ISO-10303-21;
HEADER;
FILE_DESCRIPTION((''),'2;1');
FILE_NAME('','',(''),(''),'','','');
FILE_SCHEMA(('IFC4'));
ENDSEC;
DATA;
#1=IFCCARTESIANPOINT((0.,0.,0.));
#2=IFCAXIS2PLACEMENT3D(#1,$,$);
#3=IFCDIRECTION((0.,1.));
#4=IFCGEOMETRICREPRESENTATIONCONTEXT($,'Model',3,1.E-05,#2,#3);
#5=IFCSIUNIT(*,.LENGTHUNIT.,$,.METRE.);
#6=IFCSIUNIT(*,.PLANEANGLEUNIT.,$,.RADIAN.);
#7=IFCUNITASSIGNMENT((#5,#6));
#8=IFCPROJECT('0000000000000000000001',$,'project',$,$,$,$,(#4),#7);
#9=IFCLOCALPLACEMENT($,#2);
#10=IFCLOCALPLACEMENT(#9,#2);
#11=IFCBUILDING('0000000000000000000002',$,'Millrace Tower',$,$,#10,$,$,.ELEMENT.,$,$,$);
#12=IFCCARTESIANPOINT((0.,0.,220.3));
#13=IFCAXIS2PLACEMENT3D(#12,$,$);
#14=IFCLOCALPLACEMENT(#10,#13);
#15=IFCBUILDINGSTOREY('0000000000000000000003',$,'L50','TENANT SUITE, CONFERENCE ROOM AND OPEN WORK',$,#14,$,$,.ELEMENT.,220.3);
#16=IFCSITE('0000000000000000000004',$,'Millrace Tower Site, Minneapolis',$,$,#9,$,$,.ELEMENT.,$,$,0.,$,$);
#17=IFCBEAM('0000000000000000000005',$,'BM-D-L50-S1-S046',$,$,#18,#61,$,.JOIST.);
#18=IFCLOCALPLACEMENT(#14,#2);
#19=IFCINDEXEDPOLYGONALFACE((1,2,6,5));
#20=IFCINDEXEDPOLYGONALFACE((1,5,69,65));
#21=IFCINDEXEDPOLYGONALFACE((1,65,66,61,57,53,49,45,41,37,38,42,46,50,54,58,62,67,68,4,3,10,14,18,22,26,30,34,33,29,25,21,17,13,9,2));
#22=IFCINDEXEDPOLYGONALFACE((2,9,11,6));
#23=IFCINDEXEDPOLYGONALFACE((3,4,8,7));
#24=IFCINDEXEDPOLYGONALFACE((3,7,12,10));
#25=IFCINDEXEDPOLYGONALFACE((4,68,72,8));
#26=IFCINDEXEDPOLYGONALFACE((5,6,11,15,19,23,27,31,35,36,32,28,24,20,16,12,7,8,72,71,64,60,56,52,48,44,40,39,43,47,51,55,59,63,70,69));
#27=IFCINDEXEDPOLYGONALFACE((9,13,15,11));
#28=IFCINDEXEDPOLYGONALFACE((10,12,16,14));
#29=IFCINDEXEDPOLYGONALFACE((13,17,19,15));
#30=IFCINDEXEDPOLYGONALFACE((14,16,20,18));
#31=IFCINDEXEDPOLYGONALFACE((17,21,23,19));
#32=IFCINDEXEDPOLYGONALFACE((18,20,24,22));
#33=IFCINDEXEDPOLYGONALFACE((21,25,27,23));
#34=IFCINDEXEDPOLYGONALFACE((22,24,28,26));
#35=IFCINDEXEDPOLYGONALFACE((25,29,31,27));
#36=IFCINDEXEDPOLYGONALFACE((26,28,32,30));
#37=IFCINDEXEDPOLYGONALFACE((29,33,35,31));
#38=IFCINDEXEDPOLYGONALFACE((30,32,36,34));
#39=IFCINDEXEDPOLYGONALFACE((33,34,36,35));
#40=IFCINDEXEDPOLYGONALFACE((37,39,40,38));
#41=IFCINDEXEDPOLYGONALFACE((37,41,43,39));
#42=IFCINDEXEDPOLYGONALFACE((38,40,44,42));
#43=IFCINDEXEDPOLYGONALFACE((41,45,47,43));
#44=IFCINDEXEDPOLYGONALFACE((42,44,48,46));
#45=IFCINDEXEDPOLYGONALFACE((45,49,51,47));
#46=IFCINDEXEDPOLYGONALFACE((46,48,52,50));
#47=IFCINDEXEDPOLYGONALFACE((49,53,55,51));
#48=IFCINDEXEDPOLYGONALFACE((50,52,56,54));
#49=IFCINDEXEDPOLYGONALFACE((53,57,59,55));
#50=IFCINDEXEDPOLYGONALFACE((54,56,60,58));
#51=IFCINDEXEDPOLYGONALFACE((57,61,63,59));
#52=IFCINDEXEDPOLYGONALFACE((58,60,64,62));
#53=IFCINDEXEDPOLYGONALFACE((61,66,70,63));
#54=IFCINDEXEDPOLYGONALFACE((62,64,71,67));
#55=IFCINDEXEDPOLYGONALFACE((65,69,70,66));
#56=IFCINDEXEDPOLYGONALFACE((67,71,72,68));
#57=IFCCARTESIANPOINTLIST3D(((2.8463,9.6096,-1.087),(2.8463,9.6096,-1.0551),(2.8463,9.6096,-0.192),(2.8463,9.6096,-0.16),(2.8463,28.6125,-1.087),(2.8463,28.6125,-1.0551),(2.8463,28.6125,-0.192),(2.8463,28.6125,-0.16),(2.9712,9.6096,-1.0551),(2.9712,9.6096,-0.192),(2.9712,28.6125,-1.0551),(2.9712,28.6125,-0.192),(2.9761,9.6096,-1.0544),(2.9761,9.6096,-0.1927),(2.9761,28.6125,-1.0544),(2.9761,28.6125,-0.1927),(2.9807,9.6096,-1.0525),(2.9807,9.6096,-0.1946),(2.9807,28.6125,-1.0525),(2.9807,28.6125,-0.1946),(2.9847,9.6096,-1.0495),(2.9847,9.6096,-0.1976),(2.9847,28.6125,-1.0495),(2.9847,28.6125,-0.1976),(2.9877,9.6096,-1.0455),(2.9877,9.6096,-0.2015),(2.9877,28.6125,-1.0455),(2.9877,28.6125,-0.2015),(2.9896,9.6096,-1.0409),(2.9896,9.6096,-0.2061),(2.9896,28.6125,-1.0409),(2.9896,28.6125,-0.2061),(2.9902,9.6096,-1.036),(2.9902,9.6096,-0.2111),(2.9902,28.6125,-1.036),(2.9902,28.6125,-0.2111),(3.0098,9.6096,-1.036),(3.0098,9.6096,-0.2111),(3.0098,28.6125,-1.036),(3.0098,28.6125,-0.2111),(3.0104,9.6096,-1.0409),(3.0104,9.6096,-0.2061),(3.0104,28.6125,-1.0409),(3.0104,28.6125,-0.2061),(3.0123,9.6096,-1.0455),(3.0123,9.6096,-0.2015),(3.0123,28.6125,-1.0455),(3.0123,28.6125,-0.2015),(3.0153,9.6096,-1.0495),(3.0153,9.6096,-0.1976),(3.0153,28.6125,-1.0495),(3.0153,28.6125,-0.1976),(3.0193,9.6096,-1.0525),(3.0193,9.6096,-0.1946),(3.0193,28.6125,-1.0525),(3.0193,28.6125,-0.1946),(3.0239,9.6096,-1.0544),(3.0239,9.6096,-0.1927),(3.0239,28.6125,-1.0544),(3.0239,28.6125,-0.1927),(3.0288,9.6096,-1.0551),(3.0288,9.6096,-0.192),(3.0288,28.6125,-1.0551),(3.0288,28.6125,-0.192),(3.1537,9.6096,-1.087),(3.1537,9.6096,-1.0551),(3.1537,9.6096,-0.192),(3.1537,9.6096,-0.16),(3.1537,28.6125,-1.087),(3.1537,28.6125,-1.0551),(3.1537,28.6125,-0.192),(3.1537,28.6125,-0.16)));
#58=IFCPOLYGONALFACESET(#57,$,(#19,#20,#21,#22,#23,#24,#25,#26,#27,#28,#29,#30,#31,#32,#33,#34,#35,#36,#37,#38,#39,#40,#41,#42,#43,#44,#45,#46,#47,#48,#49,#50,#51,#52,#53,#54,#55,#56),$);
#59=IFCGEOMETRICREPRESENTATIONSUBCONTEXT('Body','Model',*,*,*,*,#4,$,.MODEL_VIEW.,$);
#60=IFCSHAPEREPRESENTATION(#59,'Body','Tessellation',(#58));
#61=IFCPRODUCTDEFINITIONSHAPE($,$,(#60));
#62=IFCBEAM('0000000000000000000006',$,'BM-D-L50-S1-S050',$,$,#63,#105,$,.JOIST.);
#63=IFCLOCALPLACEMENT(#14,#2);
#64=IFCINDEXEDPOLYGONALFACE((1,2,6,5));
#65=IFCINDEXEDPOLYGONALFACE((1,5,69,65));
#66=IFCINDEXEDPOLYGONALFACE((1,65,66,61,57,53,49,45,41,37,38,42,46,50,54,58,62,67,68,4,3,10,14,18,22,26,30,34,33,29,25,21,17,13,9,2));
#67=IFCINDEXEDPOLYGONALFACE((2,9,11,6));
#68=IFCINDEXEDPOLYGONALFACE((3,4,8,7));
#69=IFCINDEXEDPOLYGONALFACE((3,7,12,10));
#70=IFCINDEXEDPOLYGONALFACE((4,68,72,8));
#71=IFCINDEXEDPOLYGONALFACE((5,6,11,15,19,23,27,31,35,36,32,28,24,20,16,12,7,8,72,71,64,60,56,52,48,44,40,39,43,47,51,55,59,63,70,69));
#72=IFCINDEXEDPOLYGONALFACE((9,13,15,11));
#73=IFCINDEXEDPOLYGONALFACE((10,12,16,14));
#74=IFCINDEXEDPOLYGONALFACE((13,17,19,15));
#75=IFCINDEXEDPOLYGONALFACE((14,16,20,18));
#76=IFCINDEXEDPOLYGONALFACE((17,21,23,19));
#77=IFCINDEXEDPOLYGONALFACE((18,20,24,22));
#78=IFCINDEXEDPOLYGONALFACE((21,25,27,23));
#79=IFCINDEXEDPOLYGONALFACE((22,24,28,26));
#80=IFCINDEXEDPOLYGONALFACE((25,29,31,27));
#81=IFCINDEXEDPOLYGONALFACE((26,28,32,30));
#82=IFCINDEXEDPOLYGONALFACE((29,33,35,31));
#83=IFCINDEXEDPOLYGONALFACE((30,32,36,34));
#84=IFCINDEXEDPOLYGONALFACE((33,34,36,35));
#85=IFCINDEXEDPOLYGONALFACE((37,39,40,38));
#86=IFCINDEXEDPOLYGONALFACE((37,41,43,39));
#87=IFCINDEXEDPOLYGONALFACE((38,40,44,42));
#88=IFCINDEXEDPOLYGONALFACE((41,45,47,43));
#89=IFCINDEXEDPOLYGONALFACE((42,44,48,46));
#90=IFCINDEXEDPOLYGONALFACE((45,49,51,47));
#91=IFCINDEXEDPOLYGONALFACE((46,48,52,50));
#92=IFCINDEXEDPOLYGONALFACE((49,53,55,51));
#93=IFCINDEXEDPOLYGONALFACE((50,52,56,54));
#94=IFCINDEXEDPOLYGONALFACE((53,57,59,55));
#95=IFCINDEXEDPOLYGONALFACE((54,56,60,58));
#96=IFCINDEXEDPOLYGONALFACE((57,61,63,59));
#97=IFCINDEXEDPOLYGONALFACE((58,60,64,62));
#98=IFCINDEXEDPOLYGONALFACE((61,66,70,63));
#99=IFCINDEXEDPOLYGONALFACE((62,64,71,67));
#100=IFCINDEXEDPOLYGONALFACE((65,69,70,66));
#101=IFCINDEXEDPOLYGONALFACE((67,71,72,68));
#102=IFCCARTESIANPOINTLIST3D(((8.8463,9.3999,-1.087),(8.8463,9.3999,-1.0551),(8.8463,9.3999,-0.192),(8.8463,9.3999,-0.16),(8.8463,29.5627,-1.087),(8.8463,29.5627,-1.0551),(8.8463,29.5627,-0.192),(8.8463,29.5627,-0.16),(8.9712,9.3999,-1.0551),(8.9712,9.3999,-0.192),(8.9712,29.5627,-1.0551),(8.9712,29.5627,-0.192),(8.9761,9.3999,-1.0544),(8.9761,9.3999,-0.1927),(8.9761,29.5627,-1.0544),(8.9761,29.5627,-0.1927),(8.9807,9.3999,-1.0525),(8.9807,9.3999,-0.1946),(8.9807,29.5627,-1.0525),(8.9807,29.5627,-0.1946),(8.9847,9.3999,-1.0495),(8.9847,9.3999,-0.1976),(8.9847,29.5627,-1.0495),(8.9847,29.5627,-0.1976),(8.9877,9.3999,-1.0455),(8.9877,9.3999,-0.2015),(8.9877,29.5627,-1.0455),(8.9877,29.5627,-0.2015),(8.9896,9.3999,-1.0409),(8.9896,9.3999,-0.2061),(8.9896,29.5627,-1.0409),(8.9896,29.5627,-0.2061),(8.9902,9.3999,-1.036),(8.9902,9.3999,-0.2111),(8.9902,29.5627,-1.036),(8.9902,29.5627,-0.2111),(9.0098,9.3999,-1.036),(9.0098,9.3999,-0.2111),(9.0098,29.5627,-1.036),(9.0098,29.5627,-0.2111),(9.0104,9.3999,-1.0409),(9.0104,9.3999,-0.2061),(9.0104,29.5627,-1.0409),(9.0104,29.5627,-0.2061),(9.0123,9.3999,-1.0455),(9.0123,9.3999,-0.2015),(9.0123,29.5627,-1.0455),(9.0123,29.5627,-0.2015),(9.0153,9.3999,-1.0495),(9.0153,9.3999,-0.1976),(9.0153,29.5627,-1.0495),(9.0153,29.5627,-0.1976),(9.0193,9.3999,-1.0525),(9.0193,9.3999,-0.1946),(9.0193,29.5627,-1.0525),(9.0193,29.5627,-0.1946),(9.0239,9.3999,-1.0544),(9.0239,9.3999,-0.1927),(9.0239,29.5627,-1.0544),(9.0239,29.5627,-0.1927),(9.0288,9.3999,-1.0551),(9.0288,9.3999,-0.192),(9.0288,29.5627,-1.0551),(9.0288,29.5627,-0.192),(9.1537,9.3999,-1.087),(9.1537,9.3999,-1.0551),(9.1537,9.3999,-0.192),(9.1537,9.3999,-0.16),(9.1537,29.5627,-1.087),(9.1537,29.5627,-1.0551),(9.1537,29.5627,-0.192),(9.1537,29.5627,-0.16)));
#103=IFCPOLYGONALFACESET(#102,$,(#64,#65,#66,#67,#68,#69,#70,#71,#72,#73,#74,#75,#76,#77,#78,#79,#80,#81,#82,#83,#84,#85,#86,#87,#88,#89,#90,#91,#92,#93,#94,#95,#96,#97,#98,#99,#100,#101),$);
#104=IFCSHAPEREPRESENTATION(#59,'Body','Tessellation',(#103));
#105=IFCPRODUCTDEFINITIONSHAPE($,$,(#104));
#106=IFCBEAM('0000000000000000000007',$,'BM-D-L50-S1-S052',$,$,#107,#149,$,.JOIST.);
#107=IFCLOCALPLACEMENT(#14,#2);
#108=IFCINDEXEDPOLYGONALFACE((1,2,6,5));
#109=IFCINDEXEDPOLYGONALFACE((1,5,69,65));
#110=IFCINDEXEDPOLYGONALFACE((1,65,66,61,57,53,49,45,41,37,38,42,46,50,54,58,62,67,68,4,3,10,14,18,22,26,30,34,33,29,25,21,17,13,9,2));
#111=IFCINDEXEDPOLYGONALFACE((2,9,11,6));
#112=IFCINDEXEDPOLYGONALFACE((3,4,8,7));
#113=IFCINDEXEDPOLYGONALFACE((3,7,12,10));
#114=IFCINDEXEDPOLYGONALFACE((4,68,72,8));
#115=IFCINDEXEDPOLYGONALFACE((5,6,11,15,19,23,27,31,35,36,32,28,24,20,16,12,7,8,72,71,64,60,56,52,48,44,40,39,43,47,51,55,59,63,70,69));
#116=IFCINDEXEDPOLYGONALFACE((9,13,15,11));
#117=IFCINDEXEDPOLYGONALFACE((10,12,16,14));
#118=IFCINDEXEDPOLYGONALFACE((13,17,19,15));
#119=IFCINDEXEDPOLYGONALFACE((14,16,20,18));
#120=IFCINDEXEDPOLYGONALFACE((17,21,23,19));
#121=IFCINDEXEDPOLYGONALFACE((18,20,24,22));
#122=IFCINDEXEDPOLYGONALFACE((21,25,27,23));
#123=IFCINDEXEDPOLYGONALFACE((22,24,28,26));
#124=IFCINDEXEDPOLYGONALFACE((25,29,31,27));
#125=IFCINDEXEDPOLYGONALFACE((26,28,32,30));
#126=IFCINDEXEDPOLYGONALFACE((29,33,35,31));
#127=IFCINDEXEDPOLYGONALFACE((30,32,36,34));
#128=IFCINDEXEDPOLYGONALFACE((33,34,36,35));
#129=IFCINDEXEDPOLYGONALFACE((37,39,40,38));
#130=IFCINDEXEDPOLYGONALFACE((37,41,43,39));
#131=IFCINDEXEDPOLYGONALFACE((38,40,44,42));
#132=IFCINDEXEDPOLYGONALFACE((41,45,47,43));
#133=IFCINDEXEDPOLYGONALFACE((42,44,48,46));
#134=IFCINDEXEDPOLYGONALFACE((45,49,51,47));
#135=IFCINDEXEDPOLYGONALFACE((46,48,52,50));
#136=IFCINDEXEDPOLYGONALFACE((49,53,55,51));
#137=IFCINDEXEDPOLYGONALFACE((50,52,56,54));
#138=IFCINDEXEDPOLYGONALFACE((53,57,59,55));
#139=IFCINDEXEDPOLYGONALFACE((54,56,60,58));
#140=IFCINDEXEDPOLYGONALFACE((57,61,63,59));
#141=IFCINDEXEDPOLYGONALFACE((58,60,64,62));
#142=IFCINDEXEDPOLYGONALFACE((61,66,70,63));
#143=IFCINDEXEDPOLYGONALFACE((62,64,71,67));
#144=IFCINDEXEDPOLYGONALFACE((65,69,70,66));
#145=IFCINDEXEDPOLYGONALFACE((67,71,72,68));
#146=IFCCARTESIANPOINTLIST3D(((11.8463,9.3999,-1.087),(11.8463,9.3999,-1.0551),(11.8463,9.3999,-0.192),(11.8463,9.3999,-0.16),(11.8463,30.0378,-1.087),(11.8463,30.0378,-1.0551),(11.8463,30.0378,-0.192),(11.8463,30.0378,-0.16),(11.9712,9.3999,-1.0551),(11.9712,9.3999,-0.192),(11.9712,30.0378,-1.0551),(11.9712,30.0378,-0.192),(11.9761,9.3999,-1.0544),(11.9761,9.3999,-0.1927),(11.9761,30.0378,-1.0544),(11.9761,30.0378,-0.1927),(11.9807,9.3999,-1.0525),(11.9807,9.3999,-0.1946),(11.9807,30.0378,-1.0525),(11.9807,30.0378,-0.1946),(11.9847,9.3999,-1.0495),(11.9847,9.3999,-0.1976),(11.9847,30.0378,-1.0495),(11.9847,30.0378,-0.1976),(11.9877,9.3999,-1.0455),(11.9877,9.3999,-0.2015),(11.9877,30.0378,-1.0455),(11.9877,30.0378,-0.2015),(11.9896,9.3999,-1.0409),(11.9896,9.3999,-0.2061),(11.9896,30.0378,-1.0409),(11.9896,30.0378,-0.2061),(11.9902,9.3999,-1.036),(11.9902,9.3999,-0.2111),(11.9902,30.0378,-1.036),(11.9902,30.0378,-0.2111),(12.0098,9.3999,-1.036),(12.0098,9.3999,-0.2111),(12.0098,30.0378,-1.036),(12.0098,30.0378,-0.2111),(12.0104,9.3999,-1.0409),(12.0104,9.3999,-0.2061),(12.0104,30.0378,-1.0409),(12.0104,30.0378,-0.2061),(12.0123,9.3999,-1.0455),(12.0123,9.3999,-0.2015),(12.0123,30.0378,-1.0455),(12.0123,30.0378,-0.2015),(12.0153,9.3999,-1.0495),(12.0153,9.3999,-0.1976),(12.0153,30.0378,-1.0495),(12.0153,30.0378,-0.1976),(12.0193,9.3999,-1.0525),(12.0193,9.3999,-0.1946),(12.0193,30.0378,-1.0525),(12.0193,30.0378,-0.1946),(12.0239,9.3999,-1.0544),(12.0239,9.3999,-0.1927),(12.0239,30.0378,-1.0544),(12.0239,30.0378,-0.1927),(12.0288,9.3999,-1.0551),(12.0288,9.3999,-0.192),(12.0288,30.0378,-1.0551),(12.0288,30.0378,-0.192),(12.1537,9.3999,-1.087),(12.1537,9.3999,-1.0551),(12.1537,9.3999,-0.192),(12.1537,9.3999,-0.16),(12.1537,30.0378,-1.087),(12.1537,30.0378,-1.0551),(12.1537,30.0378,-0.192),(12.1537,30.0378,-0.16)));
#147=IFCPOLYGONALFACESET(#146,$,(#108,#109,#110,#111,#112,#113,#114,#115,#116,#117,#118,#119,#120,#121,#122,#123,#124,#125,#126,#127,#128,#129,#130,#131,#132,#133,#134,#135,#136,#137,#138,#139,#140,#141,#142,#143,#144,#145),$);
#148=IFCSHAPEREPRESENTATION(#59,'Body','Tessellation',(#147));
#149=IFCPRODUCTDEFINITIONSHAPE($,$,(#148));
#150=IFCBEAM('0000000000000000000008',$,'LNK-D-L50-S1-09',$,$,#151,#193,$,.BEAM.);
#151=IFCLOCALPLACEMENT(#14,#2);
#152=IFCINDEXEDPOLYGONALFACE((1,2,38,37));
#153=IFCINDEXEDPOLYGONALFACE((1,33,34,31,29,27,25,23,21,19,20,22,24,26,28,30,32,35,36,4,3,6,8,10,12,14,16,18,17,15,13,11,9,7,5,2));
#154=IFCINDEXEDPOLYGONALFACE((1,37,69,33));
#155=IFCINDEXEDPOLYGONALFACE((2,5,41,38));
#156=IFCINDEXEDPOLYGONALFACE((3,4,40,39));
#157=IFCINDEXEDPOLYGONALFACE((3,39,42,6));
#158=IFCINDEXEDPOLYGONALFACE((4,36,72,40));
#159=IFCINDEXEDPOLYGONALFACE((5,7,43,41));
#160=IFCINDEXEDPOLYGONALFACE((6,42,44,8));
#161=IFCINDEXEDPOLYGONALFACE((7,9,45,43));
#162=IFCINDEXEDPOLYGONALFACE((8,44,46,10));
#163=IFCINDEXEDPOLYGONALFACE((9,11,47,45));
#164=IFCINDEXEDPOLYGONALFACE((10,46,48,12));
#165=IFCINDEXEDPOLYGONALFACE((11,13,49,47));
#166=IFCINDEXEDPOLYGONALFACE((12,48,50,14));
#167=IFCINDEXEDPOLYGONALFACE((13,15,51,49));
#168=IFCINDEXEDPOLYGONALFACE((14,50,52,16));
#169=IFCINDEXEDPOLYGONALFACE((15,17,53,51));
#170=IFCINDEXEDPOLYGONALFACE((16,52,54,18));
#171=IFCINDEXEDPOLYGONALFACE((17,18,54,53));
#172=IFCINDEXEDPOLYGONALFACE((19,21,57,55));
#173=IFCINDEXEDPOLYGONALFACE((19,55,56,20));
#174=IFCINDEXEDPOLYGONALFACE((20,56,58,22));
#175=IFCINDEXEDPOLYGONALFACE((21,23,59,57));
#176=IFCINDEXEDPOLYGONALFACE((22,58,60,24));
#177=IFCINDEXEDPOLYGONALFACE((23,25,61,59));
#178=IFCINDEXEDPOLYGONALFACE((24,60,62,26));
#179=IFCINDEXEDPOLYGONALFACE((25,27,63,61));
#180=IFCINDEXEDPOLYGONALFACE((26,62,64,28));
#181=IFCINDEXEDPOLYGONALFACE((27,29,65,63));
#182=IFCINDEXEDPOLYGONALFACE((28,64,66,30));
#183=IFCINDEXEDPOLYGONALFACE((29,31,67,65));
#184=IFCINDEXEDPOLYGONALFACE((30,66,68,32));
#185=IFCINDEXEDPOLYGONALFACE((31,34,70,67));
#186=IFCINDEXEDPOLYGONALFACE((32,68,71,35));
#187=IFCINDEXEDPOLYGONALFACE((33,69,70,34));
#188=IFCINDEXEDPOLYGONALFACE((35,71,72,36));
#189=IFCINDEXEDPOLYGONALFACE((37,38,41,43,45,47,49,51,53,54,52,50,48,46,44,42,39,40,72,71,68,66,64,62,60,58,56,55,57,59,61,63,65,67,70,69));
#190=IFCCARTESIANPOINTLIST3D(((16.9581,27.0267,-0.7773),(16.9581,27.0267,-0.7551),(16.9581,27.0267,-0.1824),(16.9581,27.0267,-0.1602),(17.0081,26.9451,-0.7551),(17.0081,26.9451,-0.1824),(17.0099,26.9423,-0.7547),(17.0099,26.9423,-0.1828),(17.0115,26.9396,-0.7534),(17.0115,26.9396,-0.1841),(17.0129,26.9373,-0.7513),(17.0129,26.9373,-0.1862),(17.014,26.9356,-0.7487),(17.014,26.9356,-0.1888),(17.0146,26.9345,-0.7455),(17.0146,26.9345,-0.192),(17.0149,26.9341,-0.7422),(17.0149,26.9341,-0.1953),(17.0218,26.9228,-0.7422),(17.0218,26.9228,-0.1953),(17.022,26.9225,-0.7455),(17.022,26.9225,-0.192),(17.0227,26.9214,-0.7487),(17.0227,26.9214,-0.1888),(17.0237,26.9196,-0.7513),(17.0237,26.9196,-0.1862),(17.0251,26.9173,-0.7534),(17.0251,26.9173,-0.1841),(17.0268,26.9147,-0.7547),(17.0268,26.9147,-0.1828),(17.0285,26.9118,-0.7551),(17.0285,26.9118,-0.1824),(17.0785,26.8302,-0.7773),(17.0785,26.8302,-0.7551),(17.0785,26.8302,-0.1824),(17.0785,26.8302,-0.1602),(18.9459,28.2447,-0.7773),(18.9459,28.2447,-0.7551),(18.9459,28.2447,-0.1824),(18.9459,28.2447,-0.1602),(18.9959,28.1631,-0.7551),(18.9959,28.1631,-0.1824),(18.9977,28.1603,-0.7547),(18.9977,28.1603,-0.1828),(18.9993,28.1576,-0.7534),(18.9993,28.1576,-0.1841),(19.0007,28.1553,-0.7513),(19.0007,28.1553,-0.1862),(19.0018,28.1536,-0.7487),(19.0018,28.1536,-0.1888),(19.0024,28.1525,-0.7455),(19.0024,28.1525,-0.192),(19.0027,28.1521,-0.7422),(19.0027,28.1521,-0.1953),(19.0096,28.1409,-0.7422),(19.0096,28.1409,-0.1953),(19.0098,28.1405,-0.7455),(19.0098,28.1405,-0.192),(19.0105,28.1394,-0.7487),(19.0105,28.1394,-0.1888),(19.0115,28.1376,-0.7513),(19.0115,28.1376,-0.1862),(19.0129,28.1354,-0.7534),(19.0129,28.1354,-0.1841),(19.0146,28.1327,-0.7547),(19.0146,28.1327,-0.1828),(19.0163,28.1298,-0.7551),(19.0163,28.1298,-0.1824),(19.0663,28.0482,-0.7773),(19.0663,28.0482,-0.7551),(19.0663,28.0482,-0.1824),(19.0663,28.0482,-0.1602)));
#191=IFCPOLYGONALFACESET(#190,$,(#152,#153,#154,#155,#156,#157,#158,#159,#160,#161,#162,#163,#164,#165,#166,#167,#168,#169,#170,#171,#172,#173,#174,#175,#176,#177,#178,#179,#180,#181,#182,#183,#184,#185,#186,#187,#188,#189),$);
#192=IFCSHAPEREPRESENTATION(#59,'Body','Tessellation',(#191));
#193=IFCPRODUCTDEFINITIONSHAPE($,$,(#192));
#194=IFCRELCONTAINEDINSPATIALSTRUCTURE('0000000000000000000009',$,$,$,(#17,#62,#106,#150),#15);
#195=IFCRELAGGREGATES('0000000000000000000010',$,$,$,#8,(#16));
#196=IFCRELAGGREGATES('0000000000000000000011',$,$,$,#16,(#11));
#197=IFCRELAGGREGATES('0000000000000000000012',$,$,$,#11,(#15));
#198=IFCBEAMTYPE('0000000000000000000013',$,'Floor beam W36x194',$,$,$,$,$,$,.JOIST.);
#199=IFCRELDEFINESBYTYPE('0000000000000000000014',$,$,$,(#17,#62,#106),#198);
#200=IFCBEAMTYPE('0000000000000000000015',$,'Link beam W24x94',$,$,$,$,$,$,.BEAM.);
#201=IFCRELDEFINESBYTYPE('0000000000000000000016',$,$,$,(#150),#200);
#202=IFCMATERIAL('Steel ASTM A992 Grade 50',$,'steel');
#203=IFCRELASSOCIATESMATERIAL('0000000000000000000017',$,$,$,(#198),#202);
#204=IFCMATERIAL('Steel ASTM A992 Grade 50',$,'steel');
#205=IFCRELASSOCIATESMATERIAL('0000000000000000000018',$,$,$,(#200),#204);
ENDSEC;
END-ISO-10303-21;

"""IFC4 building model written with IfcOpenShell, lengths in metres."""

from ifc_helpers import new_model, si_unit, direction, frame, origin, origin_2d, place, context, subcontext, project, spatial, i_section, extrude, material, material_profile, profile_set, type_object, element, save


model = new_model("IFC4")

# Units and contexts
model_context = context("Model", 3, precision=1e-05, world=origin(), true_north=direction((0.0, 1.0)))
body_context = subcontext(model_context, "Body", "Model", "MODEL_VIEW")
ifc_project = project(units=[si_unit("LENGTHUNIT", "METRE"), si_unit("PLANEANGLEUNIT", "RADIAN")], contexts=[model_context])

# Site, building, storey
site_placement = place(None, origin())
site = spatial("IfcSite", under=ifc_project, at=site_placement, Name="Millrace Tower Site, Minneapolis", CompositionType="ELEMENT", RefElevation=0.0)
building_placement = place(site_placement, origin())
building = spatial("IfcBuilding", under=site, at=building_placement, Name="Millrace Tower", CompositionType="ELEMENT")
storey_placement = place(building_placement, frame((0.0, 0.0, 220.3)))
storey = spatial("IfcBuildingStorey", under=building, at=storey_placement, Name="L50", Description="TENANT SUITE, CONFERENCE ROOM AND OPEN WORK", CompositionType="ELEMENT", Elevation=220.3)

# Beams
ifc_material_1 = material(Name="Steel ASTM A992 Grade 50", Category="steel")
ifc_material_profile_1 = material_profile(ifc_material_1, i_section(OverallWidth=0.3074, OverallDepth=0.927, WebThickness=0.0195, FlangeThickness=0.032, FilletRadius=0.019, at=origin_2d()))
ifc_profile_set_1 = profile_set([ifc_material_profile_1], Name="Steel ASTM A992 Grade 50")
beam_type_1 = type_object("IfcBeamType", Name="Floor beam W36x194", PredefinedType="JOIST", material=ifc_profile_set_1)
beam_1_placement = place(storey_placement, frame((3.0, 9.6096, -0.6235), z_axis=(0.0, 1.0, 0.0), x_axis=(-1.0, 0.0, 0.0)))
element("IfcBeam", 1, at=beam_1_placement, inside=storey, type_object=beam_type_1, Name="BM-D-L50-S1-S046", PredefinedType="JOIST", context=body_context, shape_type="SweptSolid", body=[
    extrude(i_section(OverallWidth=0.3074, OverallDepth=0.927, WebThickness=0.0195, FlangeThickness=0.032, FilletRadius=0.019, at=origin_2d()), origin(), (0.0, 0.0, 1.0), 19.0029),
])
beam_2_placement = place(storey_placement, frame((9.0, 9.3999, -0.6235), z_axis=(0.0, 1.0, 0.0), x_axis=(-1.0, 0.0, 0.0)))
element("IfcBeam", 2, at=beam_2_placement, inside=storey, type_object=beam_type_1, Name="BM-D-L50-S1-S050", PredefinedType="JOIST", context=body_context, shape_type="SweptSolid", body=[
    extrude(i_section(OverallWidth=0.3074, OverallDepth=0.927, WebThickness=0.0195, FlangeThickness=0.032, FilletRadius=0.019, at=origin_2d()), origin(), (0.0, 0.0, 1.0), 20.1628),
])
beam_3_placement = place(storey_placement, frame((12.0, 9.3999, -0.6235), z_axis=(0.0, 1.0, 0.0), x_axis=(-1.0, 0.0, 0.0)))
element("IfcBeam", 3, at=beam_3_placement, inside=storey, type_object=beam_type_1, Name="BM-D-L50-S1-S052", PredefinedType="JOIST", context=body_context, shape_type="SweptSolid", body=[
    extrude(i_section(OverallWidth=0.3074, OverallDepth=0.927, WebThickness=0.0195, FlangeThickness=0.032, FilletRadius=0.019, at=origin_2d()), origin(), (0.0, 0.0, 1.0), 20.6379),
])
ifc_material_2 = material(Name="Steel ASTM A992 Grade 50", Category="steel")
ifc_material_profile_2 = material_profile(ifc_material_2, i_section(OverallWidth=0.2305, OverallDepth=0.6172, WebThickness=0.0132, FlangeThickness=0.0222, FilletRadius=0.0129, at=origin_2d()))
ifc_profile_set_2 = profile_set([ifc_material_profile_2], Name="Steel ASTM A992 Grade 50")
beam_type_2 = type_object("IfcBeamType", Name="Link beam W24x94", PredefinedType="BEAM", material=ifc_profile_set_2)
beam_4_placement = place(storey_placement, frame((17.0183, 26.9285, -0.4688), z_axis=(0.85266, 0.522466, 0.0), x_axis=(-0.522466, 0.85266, 0.0)))
element("IfcBeam", 4, at=beam_4_placement, inside=storey, type_object=beam_type_2, Name="LNK-D-L50-S1-09", PredefinedType="BEAM", context=body_context, shape_type="SweptSolid", body=[
    extrude(i_section(OverallWidth=0.2305, OverallDepth=0.6172, WebThickness=0.0132, FlangeThickness=0.0222, FilletRadius=0.0129, at=origin_2d()), origin(), (0.0, 0.0, 1.0), 2.3313),
])

save(model, "model.ifc")
